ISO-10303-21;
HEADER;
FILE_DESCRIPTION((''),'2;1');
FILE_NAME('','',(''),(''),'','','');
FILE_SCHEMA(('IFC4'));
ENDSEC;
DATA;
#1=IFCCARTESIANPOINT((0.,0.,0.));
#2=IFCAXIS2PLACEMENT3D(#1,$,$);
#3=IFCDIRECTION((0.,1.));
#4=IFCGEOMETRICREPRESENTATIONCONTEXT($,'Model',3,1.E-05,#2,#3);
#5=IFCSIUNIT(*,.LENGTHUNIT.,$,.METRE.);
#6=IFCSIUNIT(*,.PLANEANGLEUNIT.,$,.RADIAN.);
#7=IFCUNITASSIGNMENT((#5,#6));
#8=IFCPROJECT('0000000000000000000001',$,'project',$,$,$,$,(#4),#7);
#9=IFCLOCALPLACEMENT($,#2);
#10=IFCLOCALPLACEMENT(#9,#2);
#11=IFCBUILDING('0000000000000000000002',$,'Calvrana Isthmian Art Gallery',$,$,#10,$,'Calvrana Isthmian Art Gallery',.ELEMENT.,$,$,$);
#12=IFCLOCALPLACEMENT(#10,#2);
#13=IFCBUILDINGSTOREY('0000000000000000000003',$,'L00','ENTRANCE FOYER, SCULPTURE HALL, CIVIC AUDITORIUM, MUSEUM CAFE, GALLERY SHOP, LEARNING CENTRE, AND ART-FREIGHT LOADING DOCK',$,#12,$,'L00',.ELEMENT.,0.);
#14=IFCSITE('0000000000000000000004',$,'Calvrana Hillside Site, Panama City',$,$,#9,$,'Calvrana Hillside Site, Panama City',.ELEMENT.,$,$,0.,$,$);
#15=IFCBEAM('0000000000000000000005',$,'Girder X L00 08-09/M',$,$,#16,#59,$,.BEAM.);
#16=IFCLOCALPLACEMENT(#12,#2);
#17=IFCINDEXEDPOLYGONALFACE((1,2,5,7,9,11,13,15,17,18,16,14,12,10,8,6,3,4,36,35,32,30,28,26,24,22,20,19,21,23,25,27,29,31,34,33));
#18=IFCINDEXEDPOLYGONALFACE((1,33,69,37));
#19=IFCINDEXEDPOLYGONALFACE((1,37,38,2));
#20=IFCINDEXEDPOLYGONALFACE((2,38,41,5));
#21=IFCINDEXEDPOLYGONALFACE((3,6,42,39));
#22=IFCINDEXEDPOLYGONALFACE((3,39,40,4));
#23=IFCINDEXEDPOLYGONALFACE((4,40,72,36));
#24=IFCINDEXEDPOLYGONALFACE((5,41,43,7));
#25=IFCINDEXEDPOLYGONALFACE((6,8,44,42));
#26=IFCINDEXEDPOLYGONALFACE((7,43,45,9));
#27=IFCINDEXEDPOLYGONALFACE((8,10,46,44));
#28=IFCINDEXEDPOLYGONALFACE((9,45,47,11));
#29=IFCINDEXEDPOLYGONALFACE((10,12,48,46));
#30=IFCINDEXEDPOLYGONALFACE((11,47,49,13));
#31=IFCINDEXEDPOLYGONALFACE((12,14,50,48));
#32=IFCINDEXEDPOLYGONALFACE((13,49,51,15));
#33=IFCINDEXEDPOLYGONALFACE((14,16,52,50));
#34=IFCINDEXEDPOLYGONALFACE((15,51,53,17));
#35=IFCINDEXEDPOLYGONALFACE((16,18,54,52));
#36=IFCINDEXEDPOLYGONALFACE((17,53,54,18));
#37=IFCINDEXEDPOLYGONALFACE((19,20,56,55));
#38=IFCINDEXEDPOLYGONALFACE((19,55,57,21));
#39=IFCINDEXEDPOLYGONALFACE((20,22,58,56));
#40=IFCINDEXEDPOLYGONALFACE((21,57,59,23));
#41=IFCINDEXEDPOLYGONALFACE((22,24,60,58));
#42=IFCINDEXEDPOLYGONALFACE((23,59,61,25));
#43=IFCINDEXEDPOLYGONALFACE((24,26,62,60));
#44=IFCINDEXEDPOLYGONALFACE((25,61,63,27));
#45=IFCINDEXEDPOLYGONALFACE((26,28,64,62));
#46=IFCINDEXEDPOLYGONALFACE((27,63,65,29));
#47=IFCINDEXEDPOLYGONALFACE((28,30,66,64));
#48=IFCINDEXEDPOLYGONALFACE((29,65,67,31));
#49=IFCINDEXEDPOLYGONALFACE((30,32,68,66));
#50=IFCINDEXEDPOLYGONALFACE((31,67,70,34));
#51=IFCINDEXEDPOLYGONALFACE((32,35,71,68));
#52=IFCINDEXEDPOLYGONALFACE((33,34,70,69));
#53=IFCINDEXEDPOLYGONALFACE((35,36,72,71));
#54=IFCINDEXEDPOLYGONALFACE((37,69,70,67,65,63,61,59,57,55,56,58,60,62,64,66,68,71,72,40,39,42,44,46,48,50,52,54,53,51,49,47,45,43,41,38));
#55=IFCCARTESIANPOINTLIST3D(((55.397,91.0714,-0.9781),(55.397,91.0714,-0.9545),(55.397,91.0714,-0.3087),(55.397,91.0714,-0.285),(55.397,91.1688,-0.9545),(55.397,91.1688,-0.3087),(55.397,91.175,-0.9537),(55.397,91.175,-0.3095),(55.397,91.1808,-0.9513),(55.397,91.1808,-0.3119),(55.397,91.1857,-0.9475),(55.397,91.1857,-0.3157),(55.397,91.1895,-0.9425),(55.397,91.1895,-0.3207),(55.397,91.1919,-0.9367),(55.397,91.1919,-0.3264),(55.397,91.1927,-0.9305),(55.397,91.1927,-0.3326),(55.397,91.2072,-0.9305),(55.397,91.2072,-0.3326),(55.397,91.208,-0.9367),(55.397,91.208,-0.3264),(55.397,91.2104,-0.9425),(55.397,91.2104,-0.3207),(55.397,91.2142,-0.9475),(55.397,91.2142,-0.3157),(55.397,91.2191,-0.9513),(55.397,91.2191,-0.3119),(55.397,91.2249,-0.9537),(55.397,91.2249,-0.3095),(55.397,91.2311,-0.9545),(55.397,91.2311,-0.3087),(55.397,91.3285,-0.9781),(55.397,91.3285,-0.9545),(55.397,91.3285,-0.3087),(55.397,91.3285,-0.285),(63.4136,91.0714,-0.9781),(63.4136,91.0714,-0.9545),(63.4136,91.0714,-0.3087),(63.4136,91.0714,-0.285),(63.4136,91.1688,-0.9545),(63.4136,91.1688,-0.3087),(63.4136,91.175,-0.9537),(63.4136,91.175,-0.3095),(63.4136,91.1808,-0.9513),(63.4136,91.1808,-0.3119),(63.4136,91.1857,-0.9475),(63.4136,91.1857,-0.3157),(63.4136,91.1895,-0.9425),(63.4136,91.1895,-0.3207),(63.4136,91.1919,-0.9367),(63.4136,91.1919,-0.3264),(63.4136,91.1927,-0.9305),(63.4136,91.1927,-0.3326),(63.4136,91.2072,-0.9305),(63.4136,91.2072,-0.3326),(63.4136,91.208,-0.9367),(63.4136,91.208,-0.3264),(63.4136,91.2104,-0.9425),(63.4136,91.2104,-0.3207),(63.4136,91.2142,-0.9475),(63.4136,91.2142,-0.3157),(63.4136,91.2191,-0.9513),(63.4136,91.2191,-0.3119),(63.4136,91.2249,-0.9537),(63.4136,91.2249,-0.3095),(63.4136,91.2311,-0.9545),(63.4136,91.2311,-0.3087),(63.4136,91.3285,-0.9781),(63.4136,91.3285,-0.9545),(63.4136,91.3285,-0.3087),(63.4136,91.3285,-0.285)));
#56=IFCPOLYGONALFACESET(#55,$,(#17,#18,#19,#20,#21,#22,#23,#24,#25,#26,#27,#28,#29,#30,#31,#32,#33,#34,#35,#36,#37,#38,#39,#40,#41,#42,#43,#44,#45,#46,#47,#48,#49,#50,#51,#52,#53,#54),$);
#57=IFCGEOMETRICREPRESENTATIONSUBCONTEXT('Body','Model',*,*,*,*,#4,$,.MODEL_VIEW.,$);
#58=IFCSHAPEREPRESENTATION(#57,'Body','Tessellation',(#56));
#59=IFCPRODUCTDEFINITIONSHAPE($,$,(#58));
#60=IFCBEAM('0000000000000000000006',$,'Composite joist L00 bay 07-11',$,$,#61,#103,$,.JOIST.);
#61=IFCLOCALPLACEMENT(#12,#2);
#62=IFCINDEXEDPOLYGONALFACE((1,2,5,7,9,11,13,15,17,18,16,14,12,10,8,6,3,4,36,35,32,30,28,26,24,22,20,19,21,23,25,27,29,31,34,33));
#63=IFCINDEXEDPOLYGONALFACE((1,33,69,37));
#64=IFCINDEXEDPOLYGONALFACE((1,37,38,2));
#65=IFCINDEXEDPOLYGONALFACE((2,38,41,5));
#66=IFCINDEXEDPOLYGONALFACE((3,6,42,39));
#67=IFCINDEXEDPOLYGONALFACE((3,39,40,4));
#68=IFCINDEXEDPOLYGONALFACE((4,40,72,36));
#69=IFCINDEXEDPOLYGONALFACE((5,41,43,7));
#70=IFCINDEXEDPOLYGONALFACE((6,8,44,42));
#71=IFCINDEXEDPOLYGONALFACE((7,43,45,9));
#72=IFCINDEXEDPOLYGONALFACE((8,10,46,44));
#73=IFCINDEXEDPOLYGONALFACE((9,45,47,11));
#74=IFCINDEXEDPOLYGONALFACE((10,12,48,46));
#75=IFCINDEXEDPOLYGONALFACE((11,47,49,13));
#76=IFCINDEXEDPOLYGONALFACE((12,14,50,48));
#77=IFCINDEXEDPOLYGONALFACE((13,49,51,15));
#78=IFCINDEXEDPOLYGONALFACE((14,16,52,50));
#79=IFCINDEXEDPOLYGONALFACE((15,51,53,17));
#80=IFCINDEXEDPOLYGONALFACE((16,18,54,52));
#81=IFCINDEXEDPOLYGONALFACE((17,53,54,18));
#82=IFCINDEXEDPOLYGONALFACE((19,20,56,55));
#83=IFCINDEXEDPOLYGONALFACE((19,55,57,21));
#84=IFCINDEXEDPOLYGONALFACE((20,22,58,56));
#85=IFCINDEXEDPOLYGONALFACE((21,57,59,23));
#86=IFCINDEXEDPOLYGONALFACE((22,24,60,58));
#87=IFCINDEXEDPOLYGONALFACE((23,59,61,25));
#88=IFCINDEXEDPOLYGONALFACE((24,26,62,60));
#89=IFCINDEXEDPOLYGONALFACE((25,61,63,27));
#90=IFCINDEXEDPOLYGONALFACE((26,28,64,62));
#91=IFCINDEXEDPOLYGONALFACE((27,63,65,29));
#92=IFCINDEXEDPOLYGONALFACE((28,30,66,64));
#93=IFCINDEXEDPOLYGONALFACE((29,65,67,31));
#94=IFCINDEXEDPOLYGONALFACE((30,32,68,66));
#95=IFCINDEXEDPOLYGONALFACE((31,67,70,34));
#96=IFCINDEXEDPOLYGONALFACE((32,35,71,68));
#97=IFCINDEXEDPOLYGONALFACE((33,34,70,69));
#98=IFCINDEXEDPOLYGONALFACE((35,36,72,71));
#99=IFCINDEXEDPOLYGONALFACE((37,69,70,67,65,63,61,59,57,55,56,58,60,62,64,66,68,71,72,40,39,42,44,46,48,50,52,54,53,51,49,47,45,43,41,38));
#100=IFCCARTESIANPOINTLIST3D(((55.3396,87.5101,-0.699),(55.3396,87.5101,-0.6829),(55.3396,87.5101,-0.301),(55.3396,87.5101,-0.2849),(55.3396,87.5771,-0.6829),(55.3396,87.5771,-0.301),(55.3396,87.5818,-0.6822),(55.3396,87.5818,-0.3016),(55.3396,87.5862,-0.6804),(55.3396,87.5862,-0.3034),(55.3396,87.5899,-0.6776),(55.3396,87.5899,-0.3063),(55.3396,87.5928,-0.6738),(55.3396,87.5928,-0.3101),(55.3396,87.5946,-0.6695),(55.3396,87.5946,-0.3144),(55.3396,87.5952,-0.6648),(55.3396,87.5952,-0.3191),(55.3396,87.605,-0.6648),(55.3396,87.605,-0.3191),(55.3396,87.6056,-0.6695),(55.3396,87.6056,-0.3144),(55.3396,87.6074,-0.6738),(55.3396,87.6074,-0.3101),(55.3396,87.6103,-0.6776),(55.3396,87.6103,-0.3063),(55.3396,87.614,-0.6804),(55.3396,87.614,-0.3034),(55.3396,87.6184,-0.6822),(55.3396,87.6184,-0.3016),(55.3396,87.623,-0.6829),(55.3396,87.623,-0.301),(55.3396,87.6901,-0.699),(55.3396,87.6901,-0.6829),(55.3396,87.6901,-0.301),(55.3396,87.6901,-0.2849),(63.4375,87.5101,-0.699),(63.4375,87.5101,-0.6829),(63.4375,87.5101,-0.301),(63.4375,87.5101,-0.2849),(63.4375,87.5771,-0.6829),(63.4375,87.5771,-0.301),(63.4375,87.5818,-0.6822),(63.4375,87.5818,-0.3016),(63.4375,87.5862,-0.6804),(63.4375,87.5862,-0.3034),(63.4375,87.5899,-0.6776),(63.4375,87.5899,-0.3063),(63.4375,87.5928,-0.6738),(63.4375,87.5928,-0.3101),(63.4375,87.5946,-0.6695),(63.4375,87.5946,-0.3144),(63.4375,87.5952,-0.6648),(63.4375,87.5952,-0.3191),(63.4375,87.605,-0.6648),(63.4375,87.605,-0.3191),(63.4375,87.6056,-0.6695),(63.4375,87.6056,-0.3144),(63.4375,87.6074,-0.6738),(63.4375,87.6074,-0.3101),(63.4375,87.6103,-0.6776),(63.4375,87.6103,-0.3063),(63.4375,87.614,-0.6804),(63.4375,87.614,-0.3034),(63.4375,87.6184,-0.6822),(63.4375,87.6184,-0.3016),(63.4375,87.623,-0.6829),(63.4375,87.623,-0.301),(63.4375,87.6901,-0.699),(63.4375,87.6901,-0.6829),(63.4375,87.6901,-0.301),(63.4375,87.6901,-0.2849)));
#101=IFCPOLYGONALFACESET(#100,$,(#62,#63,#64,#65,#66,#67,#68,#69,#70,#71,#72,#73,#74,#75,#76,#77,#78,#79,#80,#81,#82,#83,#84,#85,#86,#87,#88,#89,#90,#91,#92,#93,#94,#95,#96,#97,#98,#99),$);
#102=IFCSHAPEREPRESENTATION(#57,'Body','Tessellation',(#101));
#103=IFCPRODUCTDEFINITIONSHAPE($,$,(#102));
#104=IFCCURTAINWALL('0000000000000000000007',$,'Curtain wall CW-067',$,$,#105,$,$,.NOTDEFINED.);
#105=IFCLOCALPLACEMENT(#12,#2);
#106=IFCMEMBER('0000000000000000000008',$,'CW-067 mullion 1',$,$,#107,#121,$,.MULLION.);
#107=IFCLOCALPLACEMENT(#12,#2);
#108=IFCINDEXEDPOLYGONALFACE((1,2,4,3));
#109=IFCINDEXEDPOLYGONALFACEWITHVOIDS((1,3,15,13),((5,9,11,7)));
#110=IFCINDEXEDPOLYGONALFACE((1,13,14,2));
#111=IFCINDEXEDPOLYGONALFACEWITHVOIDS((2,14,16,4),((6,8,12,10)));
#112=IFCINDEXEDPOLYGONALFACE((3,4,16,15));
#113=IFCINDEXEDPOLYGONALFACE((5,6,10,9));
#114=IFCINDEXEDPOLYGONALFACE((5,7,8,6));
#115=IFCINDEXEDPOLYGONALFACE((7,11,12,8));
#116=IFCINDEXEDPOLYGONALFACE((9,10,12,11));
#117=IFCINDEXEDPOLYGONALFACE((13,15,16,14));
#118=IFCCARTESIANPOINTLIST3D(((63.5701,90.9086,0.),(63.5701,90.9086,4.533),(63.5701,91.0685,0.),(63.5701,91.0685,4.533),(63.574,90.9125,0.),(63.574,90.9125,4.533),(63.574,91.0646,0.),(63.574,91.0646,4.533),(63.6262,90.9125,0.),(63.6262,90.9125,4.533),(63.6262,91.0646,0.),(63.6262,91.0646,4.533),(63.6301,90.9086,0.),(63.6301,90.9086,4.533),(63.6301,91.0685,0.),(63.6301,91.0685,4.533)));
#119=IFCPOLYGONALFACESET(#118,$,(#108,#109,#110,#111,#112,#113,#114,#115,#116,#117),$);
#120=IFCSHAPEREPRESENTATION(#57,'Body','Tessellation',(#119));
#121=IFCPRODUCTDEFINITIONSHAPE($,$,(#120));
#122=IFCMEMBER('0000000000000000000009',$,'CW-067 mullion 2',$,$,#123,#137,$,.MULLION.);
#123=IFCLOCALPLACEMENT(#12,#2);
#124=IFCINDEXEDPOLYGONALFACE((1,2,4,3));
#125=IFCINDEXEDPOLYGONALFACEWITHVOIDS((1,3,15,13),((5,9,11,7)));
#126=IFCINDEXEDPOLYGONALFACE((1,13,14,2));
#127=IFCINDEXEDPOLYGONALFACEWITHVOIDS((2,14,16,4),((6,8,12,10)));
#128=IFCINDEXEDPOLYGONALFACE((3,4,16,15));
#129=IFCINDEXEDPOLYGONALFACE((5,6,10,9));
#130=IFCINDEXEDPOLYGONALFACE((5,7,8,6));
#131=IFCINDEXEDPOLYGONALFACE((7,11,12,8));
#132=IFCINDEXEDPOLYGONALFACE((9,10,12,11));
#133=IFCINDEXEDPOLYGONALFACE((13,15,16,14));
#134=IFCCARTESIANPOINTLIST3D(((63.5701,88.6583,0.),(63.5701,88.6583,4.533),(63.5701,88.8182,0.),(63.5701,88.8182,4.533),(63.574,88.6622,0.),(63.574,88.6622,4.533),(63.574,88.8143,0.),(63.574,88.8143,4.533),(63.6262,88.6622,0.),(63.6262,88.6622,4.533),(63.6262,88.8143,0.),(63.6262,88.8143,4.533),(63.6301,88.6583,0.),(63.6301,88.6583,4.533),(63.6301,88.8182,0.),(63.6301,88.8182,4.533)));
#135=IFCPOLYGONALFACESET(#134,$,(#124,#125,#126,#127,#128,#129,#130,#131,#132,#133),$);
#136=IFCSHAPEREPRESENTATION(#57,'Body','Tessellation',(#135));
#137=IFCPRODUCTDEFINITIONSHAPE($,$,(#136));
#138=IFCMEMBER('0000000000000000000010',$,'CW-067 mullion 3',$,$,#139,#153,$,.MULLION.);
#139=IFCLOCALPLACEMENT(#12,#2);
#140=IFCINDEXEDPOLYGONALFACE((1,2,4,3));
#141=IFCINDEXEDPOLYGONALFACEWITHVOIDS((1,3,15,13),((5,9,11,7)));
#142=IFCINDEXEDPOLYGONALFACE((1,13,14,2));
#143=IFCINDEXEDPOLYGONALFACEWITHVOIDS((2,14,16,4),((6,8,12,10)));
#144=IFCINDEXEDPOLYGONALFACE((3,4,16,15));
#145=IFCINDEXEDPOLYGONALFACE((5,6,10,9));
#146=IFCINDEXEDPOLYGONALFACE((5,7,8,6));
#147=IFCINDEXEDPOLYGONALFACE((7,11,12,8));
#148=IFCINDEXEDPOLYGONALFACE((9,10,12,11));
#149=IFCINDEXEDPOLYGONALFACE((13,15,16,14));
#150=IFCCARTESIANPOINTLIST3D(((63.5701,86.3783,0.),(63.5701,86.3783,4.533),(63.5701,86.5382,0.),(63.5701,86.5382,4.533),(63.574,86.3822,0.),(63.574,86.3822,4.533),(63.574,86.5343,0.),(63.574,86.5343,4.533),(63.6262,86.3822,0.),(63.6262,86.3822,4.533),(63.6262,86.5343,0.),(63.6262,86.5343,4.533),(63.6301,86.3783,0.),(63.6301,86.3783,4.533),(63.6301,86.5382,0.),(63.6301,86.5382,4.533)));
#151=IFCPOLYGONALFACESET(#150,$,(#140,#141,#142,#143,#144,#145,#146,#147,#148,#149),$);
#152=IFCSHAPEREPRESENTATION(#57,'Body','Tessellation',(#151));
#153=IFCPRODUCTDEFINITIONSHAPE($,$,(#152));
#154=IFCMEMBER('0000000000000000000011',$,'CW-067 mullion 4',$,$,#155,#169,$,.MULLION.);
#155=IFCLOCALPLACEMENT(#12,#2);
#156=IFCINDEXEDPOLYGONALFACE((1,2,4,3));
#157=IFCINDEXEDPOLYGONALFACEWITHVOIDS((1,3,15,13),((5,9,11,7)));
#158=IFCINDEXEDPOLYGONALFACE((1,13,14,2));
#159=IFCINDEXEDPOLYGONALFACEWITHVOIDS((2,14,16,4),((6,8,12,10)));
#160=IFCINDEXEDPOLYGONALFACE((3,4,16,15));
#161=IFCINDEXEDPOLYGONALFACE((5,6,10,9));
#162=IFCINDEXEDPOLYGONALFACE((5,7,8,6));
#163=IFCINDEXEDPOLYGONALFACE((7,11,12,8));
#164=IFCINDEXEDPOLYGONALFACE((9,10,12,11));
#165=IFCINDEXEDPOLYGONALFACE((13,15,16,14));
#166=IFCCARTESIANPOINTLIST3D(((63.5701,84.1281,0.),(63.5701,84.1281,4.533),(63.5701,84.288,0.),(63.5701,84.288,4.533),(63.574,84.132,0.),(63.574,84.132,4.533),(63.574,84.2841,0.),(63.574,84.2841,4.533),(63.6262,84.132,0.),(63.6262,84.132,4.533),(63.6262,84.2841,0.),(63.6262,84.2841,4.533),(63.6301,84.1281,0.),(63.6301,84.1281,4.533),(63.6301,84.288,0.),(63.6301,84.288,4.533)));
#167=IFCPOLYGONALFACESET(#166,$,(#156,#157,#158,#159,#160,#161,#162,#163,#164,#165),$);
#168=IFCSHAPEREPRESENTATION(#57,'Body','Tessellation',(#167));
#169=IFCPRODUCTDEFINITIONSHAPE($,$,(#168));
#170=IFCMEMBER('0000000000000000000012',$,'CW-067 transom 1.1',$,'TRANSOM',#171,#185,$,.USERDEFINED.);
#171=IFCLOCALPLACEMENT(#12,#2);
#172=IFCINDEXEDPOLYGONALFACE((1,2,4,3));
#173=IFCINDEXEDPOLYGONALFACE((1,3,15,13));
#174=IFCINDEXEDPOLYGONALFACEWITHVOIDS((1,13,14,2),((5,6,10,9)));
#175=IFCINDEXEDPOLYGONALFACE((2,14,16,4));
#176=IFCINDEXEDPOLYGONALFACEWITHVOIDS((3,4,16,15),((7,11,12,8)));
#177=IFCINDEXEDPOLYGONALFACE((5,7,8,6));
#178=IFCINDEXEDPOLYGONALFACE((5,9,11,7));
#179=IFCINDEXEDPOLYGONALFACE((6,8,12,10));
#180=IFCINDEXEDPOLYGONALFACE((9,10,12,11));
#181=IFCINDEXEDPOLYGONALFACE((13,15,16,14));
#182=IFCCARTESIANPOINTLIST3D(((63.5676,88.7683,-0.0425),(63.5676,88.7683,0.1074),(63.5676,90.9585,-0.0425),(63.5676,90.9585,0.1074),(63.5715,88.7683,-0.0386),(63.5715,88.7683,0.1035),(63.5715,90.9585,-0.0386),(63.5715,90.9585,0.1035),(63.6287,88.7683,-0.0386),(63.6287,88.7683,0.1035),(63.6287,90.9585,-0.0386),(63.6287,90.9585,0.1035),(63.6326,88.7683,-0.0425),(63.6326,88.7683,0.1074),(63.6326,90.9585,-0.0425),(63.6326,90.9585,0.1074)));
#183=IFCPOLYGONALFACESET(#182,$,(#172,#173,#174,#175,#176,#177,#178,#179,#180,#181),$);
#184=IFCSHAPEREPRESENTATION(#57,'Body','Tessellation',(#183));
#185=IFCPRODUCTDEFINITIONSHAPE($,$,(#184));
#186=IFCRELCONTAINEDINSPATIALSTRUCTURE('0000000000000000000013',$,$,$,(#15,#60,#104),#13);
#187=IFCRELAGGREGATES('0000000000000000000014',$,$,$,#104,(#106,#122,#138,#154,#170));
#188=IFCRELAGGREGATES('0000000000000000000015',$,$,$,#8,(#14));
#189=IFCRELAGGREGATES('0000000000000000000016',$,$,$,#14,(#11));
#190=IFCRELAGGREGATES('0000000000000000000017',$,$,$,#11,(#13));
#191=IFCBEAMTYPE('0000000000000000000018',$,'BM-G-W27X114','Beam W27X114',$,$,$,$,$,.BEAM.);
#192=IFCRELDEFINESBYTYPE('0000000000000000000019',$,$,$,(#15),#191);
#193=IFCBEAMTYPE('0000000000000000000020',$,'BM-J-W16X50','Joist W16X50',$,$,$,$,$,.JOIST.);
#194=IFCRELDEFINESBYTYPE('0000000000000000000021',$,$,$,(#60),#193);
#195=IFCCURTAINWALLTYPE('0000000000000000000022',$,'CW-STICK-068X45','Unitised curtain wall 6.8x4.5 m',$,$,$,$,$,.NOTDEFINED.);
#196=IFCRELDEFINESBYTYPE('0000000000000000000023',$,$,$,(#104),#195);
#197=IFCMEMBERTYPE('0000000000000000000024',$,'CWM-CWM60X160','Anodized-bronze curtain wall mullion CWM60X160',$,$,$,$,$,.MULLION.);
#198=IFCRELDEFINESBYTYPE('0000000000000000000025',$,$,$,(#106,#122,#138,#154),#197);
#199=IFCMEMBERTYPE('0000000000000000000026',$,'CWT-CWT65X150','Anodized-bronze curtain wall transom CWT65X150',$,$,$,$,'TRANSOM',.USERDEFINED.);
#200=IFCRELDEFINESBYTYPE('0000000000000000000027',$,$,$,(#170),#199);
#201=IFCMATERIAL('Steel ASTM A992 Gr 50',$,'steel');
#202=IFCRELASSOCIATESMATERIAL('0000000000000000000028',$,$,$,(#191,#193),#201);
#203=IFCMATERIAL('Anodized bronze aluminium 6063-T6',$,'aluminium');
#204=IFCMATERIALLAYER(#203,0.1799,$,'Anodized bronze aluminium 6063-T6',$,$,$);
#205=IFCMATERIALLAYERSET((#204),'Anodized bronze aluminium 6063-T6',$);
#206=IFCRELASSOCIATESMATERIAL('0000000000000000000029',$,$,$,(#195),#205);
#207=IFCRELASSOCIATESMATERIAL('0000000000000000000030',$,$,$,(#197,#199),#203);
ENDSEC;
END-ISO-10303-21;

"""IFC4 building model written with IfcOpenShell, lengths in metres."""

from ifc_helpers import new_model, si_unit, direction, frame, origin, origin_2d, place, context, subcontext, project, spatial, hollow_rectangle, i_section, extrude, material, layer, layer_set, material_profile, profile_set, type_object, element, aggregate, save


model = new_model("IFC4")

# Units and contexts
model_context = context("Model", 3, precision=1e-05, world=origin(), true_north=direction((0.0, 1.0)))
body_context = subcontext(model_context, "Body", "Model", "MODEL_VIEW")
ifc_project = project(units=[si_unit("LENGTHUNIT", "METRE"), si_unit("PLANEANGLEUNIT", "RADIAN")], contexts=[model_context])

# Site, building, storey
site_placement = place(None, origin())
site = spatial("IfcSite", under=ifc_project, at=site_placement, Name="Calvrana Hillside Site, Panama City", LongName="Calvrana Hillside Site, Panama City", CompositionType="ELEMENT", RefElevation=0.0)
building_placement = place(site_placement, origin())
building = spatial("IfcBuilding", under=site, at=building_placement, Name="Calvrana Isthmian Art Gallery", LongName="Calvrana Isthmian Art Gallery", CompositionType="ELEMENT")
storey_placement = place(building_placement, origin())
storey = spatial("IfcBuildingStorey", under=building, at=storey_placement, Name="L00", Description="ENTRANCE FOYER, SCULPTURE HALL, CIVIC AUDITORIUM, MUSEUM CAFE, GALLERY SHOP, LEARNING CENTRE, AND ART-FREIGHT LOADING DOCK", LongName="L00", CompositionType="ELEMENT", Elevation=0.0)

# Shared definitions
ifc_material_1 = material(Name="Steel ASTM A992 Gr 50", Category="steel")

# Beams
ifc_material_profile_1 = material_profile(ifc_material_1, i_section(OverallWidth=0.2571, OverallDepth=0.6931, WebThickness=0.0144, FlangeThickness=0.0237, FilletRadius=0.0239, at=origin_2d()), Name="W27X114")
ifc_profile_set_1 = profile_set([ifc_material_profile_1], Name="Steel ASTM A992 Gr 50")
beam_type_1 = type_object("IfcBeamType", Name="BM-G-W27X114", Description="Beam W27X114", PredefinedType="BEAM", material=ifc_profile_set_1)
beam_1_placement = place(storey_placement, frame((55.397, 91.2, -0.6316), z_axis=(1.0, 0.0, 0.0), x_axis=(0.0, 1.0, 0.0)))
element("IfcBeam", 1, at=beam_1_placement, inside=storey, type_object=beam_type_1, Name="Girder X L00 08-09/M", PredefinedType="BEAM", context=body_context, shape_type="SweptSolid", body=[
    extrude(i_section(OverallWidth=0.2571, OverallDepth=0.6931, WebThickness=0.0144, FlangeThickness=0.0237, FilletRadius=0.0239, at=origin_2d()), origin(), (0.0, 0.0, 1.0), 8.0166),
])
ifc_material_profile_2 = material_profile(ifc_material_1, i_section(OverallWidth=0.1799, OverallDepth=0.4141, WebThickness=0.0098, FlangeThickness=0.0161, FilletRadius=0.0181, at=origin_2d()), Name="W16X50")
ifc_profile_set_2 = profile_set([ifc_material_profile_2], Name="Steel ASTM A992 Gr 50")
beam_type_2 = type_object("IfcBeamType", Name="BM-J-W16X50", Description="Joist W16X50", PredefinedType="JOIST", material=ifc_profile_set_2)
beam_2_placement = place(storey_placement, frame((55.3396, 87.6001, -0.4919), z_axis=(1.0, 0.0, 0.0), x_axis=(0.0, 1.0, 0.0)))
element("IfcBeam", 2, at=beam_2_placement, inside=storey, type_object=beam_type_2, Name="Composite joist L00 bay 07-11", PredefinedType="JOIST", context=body_context, shape_type="SweptSolid", body=[
    extrude(i_section(OverallWidth=0.1799, OverallDepth=0.4141, WebThickness=0.0098, FlangeThickness=0.0161, FilletRadius=0.0181, at=origin_2d()), origin(), (0.0, 0.0, 1.0), 8.0979),
])

# Curtain wall, members
ifc_material_2 = material(Name="Anodized bronze aluminium 6063-T6", Category="aluminium")
ifc_layer_1 = layer(ifc_material_2, 0.1799, Name="Anodized bronze aluminium 6063-T6")
ifc_layer_set_1 = layer_set([ifc_layer_1], Name="Anodized bronze aluminium 6063-T6")
curtain_wall_type = type_object("IfcCurtainWallType", Name="CW-STICK-068X45", Description="Unitised curtain wall 6.8x4.5 m", PredefinedType="NOTDEFINED", material=ifc_layer_set_1)
curtain_wall_placement = place(storey_placement, origin())
curtain_wall = element("IfcCurtainWall", 3, at=curtain_wall_placement, inside=storey, type_object=curtain_wall_type, Name="Curtain wall CW-067", PredefinedType="NOTDEFINED")
ifc_material_profile_3 = material_profile(ifc_material_2, hollow_rectangle(XDim=0.0601, YDim=0.1599, WallThickness=0.0039, at=origin_2d()), Name="CWM60X160")
ifc_profile_set_3 = profile_set([ifc_material_profile_3], Name="Anodized bronze aluminium 6063-T6")
member_type_1 = type_object("IfcMemberType", Name="CWM-CWM60X160", Description="Anodized-bronze curtain wall mullion CWM60X160", PredefinedType="MULLION", material=ifc_profile_set_3)
member_1_placement = place(storey_placement, frame((63.6001, 90.9885, 0.0), z_axis=(0.0, 0.0, 1.0), x_axis=(1.0, 0.0, 0.0)))
member_1 = element("IfcMember", 4, at=member_1_placement, type_object=member_type_1, Name="CW-067 mullion 1", PredefinedType="MULLION", context=body_context, shape_type="SweptSolid", body=[
    extrude(hollow_rectangle(XDim=0.0601, YDim=0.1599, WallThickness=0.0039, at=origin_2d()), origin(), (0.0, 0.0, 1.0), 4.533),
])
member_2_placement = place(storey_placement, frame((63.6001, 88.7383, 0.0), z_axis=(0.0, 0.0, 1.0), x_axis=(1.0, 0.0, 0.0)))
member_2 = element("IfcMember", 5, at=member_2_placement, type_object=member_type_1, Name="CW-067 mullion 2", PredefinedType="MULLION", context=body_context, shape_type="SweptSolid", body=[
    extrude(hollow_rectangle(XDim=0.0601, YDim=0.1599, WallThickness=0.0039, at=origin_2d()), origin(), (0.0, 0.0, 1.0), 4.533),
])
member_3_placement = place(storey_placement, frame((63.6001, 86.4583, 0.0), z_axis=(0.0, 0.0, 1.0), x_axis=(1.0, 0.0, 0.0)))
member_3 = element("IfcMember", 6, at=member_3_placement, type_object=member_type_1, Name="CW-067 mullion 3", PredefinedType="MULLION", context=body_context, shape_type="SweptSolid", body=[
    extrude(hollow_rectangle(XDim=0.0601, YDim=0.1599, WallThickness=0.0039, at=origin_2d()), origin(), (0.0, 0.0, 1.0), 4.533),
])
member_4_placement = place(storey_placement, frame((63.6001, 84.208, 0.0), z_axis=(0.0, 0.0, 1.0), x_axis=(1.0, 0.0, 0.0)))
member_4 = element("IfcMember", 7, at=member_4_placement, type_object=member_type_1, Name="CW-067 mullion 4", PredefinedType="MULLION", context=body_context, shape_type="SweptSolid", body=[
    extrude(hollow_rectangle(XDim=0.0601, YDim=0.1599, WallThickness=0.0039, at=origin_2d()), origin(), (0.0, 0.0, 1.0), 4.533),
])
ifc_material_profile_4 = material_profile(ifc_material_2, hollow_rectangle(XDim=0.0649, YDim=0.1499, WallThickness=0.0039, at=origin_2d()), Name="CWT65X150")
ifc_profile_set_4 = profile_set([ifc_material_profile_4], Name="Anodized bronze aluminium 6063-T6")
member_type_2 = type_object("IfcMemberType", Name="CWT-CWT65X150", Description="Anodized-bronze curtain wall transom CWT65X150", ElementType="TRANSOM", PredefinedType="USERDEFINED", material=ifc_profile_set_4)
member_5_placement = place(storey_placement, frame((63.6001, 90.9585, 0.0325), z_axis=(0.0, -1.0, 0.0), x_axis=(1.0, 0.0, 0.0)))
member_5 = element("IfcMember", 8, at=member_5_placement, type_object=member_type_2, Name="CW-067 transom 1.1", ObjectType="TRANSOM", PredefinedType="USERDEFINED", context=body_context, shape_type="SweptSolid", body=[
    extrude(hollow_rectangle(XDim=0.0649, YDim=0.1499, WallThickness=0.0039, at=origin_2d()), origin(), (0.0, 0.0, 1.0), 2.1902),
])
aggregate(curtain_wall, [member_1, member_2, member_3, member_4, member_5])

save(model, "model.ifc")
